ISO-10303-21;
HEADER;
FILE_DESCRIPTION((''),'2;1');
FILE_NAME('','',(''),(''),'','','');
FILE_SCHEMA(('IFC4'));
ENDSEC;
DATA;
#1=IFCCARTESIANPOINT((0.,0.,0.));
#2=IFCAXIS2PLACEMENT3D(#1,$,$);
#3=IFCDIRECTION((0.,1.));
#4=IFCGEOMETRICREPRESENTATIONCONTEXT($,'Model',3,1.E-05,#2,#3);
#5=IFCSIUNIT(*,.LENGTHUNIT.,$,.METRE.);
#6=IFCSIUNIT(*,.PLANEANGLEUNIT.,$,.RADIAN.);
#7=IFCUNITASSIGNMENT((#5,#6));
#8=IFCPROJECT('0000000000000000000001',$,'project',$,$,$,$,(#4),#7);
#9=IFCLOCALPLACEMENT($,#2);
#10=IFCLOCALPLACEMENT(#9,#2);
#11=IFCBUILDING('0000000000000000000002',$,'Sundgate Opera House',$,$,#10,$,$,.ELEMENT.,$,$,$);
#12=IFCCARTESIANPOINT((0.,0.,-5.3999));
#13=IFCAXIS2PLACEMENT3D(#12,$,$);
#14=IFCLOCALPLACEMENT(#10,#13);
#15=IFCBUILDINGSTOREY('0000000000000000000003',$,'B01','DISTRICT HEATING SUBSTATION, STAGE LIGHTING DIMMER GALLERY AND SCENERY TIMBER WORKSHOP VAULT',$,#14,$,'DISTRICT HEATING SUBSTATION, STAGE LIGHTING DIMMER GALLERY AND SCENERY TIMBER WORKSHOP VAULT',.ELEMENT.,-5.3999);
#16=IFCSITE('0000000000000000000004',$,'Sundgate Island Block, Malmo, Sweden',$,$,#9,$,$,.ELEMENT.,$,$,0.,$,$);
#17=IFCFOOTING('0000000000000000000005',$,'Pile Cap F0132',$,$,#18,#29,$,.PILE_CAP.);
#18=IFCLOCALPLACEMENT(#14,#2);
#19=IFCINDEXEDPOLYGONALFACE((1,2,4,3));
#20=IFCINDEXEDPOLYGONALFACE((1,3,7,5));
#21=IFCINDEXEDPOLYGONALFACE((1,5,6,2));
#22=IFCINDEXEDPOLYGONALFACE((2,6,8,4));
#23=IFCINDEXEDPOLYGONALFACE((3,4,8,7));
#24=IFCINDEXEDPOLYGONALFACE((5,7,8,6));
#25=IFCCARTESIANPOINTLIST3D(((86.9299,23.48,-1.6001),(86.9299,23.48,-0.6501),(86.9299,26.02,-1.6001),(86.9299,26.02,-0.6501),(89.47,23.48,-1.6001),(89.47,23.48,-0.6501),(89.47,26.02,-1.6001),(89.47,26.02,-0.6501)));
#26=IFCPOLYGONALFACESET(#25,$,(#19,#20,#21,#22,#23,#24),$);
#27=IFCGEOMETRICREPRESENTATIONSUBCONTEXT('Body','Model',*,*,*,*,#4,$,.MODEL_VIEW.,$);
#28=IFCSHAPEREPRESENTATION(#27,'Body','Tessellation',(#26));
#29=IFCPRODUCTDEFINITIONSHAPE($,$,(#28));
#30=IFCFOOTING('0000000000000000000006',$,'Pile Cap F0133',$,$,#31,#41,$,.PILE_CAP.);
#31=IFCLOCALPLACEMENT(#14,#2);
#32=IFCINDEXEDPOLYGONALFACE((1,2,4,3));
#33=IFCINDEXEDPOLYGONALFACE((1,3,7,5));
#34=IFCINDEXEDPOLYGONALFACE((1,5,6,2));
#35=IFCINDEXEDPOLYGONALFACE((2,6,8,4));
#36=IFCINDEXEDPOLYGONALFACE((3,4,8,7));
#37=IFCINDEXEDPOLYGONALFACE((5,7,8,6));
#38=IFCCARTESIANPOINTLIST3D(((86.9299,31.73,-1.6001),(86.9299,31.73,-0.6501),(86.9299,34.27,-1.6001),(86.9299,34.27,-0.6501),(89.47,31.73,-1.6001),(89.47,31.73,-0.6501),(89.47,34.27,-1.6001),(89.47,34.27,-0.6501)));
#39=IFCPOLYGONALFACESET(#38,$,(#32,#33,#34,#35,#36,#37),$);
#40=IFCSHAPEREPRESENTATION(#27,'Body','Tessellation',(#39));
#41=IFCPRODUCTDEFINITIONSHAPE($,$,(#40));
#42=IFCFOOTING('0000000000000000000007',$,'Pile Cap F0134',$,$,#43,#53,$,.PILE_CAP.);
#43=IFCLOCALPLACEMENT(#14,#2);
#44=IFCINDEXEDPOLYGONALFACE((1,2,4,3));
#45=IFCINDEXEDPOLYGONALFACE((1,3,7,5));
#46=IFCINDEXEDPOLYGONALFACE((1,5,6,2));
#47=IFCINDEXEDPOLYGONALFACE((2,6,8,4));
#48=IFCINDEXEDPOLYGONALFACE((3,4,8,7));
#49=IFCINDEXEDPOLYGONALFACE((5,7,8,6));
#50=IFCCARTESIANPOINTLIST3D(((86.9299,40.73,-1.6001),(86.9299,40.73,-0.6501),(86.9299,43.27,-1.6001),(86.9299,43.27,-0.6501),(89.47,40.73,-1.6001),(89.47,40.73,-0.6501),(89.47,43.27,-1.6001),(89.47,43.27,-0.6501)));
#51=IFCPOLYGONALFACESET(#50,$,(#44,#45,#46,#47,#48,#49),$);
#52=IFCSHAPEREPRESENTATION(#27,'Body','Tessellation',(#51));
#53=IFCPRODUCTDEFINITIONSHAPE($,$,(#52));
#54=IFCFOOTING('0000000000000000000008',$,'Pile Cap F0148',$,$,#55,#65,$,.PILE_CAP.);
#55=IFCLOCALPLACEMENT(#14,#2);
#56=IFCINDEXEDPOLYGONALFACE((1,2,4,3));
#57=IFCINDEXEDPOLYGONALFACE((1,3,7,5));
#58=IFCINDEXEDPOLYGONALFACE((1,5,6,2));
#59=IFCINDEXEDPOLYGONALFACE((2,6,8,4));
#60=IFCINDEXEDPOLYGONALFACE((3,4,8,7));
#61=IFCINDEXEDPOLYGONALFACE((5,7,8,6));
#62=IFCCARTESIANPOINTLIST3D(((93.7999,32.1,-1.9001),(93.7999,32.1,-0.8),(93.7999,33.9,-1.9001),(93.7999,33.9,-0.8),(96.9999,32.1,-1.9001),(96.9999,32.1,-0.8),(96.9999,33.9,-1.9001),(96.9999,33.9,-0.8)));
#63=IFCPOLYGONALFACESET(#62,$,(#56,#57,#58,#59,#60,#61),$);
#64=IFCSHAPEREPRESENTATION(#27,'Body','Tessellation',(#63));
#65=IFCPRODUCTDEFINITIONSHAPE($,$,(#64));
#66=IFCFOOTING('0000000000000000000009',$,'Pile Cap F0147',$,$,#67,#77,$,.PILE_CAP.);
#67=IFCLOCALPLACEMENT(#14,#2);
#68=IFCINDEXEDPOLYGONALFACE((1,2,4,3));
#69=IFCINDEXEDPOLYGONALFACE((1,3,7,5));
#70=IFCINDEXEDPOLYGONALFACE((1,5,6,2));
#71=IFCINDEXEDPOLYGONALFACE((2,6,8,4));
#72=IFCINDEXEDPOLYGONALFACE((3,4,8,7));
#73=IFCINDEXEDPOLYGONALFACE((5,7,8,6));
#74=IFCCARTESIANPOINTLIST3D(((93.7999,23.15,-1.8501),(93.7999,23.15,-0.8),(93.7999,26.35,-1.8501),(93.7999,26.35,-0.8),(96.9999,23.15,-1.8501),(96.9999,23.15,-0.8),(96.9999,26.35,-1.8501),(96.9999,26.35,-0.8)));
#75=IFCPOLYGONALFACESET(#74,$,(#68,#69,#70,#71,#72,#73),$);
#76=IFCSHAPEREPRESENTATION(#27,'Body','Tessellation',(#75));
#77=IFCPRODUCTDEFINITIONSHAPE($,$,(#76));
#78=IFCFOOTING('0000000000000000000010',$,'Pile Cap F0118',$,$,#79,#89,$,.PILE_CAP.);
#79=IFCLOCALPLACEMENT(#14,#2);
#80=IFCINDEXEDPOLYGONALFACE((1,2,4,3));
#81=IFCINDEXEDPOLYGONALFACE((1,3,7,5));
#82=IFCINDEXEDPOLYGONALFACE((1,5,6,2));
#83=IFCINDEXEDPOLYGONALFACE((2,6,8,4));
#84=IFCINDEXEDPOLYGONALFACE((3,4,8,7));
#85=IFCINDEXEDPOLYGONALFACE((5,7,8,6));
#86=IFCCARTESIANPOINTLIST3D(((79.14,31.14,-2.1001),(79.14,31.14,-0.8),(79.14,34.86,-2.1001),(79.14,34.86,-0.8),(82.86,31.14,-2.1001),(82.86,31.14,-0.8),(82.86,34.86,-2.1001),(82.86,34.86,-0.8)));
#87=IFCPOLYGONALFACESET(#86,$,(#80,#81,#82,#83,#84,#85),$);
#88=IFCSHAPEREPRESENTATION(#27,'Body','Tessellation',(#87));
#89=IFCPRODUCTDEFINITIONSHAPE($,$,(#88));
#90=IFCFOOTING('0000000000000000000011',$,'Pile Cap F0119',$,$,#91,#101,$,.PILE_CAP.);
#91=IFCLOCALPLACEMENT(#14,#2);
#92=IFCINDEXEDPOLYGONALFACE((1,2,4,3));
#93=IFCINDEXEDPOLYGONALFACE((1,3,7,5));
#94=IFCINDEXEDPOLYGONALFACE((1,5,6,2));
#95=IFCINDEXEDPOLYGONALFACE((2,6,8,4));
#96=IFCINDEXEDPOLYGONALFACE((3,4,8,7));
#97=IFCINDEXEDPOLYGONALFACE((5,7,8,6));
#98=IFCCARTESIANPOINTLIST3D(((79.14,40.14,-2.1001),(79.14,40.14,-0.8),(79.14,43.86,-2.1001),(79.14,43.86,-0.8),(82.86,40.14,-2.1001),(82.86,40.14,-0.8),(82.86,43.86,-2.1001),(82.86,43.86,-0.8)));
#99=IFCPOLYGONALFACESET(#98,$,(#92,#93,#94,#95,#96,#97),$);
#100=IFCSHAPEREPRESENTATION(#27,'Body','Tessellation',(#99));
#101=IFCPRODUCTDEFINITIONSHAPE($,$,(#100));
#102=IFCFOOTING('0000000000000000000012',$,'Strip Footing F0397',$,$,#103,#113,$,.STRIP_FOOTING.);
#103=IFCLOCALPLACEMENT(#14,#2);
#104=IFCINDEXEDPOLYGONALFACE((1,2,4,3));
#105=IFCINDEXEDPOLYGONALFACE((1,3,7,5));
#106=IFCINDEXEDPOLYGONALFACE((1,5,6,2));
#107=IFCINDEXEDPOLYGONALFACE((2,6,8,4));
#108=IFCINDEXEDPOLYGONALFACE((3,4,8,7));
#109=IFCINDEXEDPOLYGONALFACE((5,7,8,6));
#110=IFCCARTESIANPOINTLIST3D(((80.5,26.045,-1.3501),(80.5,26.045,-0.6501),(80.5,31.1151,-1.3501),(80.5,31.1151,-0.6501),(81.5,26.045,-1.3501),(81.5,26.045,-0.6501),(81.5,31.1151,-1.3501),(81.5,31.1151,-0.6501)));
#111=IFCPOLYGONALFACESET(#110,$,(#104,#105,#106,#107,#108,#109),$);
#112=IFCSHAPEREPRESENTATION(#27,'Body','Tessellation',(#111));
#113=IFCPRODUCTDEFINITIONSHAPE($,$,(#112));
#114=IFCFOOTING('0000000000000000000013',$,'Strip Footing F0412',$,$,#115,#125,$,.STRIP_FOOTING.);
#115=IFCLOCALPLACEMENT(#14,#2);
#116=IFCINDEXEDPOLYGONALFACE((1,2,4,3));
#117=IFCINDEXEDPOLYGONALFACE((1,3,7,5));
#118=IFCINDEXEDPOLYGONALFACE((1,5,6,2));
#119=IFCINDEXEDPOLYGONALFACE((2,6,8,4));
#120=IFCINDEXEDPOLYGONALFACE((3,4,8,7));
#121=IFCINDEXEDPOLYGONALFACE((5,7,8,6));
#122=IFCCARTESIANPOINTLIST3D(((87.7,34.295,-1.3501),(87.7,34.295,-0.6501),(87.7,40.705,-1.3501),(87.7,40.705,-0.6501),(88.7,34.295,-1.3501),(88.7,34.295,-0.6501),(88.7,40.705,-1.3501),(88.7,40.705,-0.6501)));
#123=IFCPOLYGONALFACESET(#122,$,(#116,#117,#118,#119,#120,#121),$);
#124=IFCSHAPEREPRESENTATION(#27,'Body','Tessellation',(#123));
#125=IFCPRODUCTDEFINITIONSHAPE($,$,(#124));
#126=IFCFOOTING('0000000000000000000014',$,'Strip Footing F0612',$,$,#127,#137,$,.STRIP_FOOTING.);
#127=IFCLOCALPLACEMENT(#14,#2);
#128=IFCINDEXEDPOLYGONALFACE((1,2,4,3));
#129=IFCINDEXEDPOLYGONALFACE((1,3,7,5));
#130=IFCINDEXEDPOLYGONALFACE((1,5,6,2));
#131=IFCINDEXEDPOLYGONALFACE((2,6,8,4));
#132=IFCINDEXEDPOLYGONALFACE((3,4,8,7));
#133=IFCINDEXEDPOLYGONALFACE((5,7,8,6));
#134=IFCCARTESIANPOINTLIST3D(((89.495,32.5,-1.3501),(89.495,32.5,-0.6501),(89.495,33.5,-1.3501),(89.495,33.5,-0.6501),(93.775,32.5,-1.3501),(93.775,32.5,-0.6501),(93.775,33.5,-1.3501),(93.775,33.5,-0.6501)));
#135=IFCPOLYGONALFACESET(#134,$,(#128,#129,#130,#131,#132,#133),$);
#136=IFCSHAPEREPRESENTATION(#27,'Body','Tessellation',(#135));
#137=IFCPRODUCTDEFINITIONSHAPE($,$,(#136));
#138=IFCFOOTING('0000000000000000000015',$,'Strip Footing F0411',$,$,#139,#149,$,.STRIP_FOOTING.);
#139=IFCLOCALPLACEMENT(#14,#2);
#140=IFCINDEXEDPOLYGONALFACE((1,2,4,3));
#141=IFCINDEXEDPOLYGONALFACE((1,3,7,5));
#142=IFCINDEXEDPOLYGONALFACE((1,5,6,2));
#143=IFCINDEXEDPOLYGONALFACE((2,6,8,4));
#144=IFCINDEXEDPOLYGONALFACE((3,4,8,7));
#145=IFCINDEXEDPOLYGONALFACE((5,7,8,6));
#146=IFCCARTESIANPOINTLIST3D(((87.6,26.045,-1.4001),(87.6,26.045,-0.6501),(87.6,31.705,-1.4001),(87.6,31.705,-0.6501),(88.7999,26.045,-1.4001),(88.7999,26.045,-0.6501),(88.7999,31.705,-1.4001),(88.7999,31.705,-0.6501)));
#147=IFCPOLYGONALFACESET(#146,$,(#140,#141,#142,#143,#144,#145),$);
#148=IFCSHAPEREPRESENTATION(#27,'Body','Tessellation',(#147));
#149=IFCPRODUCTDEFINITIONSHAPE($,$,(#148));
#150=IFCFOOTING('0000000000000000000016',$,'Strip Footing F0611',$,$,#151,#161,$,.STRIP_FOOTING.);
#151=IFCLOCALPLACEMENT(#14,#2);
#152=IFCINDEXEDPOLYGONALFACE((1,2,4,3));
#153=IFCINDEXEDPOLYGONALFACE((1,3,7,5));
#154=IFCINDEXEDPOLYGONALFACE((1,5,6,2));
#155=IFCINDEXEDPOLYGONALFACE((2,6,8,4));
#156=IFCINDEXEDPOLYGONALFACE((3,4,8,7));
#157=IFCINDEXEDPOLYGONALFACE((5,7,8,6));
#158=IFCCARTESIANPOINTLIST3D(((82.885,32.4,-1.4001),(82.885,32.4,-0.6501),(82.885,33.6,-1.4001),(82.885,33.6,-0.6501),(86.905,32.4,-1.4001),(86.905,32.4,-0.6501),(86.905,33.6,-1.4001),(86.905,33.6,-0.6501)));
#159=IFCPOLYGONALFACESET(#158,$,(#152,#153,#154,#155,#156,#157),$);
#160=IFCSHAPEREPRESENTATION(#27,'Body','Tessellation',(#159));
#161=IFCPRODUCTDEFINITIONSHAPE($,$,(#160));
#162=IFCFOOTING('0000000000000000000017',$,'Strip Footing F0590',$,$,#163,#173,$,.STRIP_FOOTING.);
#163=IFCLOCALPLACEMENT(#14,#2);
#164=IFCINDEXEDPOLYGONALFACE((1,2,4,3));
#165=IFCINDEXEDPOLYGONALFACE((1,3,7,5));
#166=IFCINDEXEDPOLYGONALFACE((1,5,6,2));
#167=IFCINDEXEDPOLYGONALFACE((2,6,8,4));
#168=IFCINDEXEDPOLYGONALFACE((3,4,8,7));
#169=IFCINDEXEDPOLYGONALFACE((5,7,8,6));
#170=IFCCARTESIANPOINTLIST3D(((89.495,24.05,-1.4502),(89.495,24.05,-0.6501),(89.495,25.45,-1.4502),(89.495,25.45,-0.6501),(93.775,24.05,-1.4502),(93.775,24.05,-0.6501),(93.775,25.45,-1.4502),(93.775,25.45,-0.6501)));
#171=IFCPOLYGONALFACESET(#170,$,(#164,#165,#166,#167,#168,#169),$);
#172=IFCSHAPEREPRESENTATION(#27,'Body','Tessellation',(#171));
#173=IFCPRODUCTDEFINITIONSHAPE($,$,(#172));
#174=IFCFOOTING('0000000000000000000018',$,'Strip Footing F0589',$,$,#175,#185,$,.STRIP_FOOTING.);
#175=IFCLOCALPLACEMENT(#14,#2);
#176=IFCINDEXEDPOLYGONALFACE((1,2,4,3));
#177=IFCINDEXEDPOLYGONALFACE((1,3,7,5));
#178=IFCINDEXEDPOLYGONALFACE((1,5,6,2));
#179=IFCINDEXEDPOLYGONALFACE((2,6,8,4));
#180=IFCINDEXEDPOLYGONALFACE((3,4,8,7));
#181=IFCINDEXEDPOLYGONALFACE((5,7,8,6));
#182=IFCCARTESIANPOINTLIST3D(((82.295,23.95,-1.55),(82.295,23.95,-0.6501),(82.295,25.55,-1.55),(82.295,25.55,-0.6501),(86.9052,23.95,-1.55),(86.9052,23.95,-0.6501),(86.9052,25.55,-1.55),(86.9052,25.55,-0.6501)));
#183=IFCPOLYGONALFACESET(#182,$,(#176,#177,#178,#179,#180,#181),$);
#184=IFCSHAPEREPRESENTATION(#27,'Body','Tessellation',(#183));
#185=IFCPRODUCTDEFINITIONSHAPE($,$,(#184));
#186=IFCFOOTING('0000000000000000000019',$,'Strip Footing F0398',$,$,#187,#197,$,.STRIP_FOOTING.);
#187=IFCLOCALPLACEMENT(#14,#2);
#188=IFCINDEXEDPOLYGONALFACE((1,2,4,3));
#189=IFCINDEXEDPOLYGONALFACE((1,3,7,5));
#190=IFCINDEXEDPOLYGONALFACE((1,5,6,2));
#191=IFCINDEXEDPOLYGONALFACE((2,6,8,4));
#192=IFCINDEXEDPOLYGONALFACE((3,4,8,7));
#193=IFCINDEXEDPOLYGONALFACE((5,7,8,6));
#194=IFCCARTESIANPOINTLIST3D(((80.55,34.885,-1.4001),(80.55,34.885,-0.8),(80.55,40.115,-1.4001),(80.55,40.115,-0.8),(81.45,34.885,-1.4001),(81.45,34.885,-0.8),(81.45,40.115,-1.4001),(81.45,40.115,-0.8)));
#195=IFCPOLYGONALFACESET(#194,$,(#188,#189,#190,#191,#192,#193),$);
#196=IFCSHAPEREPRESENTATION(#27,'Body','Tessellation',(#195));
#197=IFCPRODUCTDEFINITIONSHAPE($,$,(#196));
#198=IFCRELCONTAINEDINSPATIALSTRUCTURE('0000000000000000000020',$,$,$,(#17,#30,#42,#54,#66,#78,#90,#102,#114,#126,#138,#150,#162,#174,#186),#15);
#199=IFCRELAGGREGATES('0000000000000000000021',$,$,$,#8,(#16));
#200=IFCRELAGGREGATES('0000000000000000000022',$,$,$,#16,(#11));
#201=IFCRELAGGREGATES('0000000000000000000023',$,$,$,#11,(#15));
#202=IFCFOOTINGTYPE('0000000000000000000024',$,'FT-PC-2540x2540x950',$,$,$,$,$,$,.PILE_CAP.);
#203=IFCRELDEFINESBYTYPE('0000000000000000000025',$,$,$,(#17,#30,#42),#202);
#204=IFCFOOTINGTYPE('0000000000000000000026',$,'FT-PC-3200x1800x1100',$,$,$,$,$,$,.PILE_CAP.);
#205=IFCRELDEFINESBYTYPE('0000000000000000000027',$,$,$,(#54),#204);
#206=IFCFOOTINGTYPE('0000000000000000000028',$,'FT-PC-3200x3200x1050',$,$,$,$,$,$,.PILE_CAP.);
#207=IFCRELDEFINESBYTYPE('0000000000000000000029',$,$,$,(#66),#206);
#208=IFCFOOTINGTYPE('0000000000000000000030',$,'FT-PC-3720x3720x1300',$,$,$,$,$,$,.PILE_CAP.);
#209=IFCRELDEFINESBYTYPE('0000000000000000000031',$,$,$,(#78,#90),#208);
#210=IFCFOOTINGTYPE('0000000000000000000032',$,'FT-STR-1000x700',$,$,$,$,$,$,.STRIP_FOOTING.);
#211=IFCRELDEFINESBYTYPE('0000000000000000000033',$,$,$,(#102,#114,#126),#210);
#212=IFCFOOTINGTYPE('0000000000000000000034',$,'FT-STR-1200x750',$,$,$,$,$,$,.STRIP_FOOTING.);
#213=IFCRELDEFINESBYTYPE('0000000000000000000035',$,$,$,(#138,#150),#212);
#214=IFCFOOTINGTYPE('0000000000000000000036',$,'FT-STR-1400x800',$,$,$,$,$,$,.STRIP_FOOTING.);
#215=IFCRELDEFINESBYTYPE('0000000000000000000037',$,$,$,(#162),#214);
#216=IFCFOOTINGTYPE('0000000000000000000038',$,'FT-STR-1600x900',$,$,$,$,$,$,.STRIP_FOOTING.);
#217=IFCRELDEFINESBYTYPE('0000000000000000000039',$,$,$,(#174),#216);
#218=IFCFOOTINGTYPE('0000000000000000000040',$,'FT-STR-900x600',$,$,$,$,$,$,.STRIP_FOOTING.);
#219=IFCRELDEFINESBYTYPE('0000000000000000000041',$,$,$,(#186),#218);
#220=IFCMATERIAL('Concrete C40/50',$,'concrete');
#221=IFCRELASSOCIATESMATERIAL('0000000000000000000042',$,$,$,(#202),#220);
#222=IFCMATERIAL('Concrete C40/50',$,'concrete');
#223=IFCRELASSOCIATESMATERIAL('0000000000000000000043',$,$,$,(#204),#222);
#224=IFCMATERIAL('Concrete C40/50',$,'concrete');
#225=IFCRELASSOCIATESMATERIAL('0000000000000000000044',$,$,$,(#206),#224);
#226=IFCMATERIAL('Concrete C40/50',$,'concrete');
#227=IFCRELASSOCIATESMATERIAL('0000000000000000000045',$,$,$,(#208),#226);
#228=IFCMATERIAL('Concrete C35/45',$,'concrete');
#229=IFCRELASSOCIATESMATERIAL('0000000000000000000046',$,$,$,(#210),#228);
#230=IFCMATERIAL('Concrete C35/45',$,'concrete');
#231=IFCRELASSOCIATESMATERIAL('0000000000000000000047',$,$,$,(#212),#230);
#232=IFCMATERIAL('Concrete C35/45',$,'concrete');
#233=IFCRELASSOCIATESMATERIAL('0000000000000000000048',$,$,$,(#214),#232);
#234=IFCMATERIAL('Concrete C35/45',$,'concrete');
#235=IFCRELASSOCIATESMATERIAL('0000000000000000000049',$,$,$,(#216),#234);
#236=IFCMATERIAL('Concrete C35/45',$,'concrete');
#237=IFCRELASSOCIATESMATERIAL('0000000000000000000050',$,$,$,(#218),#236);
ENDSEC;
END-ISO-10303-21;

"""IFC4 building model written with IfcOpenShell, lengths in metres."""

from ifc_helpers import new_model, si_unit, direction, frame, origin, origin_2d, place, context, subcontext, project, spatial, rectangle, extrude, material, type_object, element, save


model = new_model("IFC4")

# Units and contexts
model_context = context("Model", 3, precision=1e-05, world=origin(), true_north=direction((0.0, 1.0)))
body_context = subcontext(model_context, "Body", "Model", "MODEL_VIEW")
ifc_project = project(units=[si_unit("LENGTHUNIT", "METRE"), si_unit("PLANEANGLEUNIT", "RADIAN")], contexts=[model_context])

# Site, building, storey
site_placement = place(None, origin())
site = spatial("IfcSite", under=ifc_project, at=site_placement, Name="Sundgate Island Block, Malmo, Sweden", CompositionType="ELEMENT", RefElevation=0.0)
building_placement = place(site_placement, origin())
building = spatial("IfcBuilding", under=site, at=building_placement, Name="Sundgate Opera House", CompositionType="ELEMENT")
storey_placement = place(building_placement, frame((0.0, 0.0, -5.3999)))
storey = spatial("IfcBuildingStorey", under=building, at=storey_placement, Name="B01", Description="DISTRICT HEATING SUBSTATION, STAGE LIGHTING DIMMER GALLERY AND SCENERY TIMBER WORKSHOP VAULT", LongName="DISTRICT HEATING SUBSTATION, STAGE LIGHTING DIMMER GALLERY AND SCENERY TIMBER WORKSHOP VAULT", CompositionType="ELEMENT", Elevation=-5.3999)

# Footings
ifc_material_1 = material(Name="Concrete C40/50", Category="concrete")
footing_type_1 = type_object("IfcFootingType", Name="FT-PC-2540x2540x950", PredefinedType="PILE_CAP", material=ifc_material_1)
for number, where, z_axis, x_axis, name in (
    (1, (88.2, 24.75, -1.6001), (0.0, 0.0, 1.0), (1.0, 0.0, 0.0), "Pile Cap F0132"),
    (2, (88.2, 33.0, -1.6001), (0.0, 0.0, 1.0), (1.0, 0.0, 0.0), "Pile Cap F0133"),
    (3, (88.2, 42.0, -1.6001), (0.0, 0.0, 1.0), (1.0, 0.0, 0.0), "Pile Cap F0134"),
):
    element("IfcFooting", number, at=place(storey_placement, frame(where, z_axis=z_axis, x_axis=x_axis)), inside=storey, type_object=footing_type_1, Name=name, PredefinedType="PILE_CAP", context=body_context, shape_type="SweptSolid", body=[
        extrude(rectangle(XDim=2.54, YDim=2.54, at=origin_2d()), origin(), (0.0, 0.0, 1.0), 0.95),
    ])
ifc_material_2 = material(Name="Concrete C40/50", Category="concrete")
footing_type_2 = type_object("IfcFootingType", Name="FT-PC-3200x1800x1100", PredefinedType="PILE_CAP", material=ifc_material_2)
footing_1_placement = place(storey_placement, frame((95.3999, 33.0, -1.9001), z_axis=(0.0, 0.0, 1.0), x_axis=(1.0, 0.0, 0.0)))
element("IfcFooting", 4, at=footing_1_placement, inside=storey, type_object=footing_type_2, Name="Pile Cap F0148", PredefinedType="PILE_CAP", context=body_context, shape_type="SweptSolid", body=[
    extrude(rectangle(XDim=3.2, YDim=1.8, at=origin_2d()), origin(), (0.0, 0.0, 1.0), 1.1001),
])
ifc_material_3 = material(Name="Concrete C40/50", Category="concrete")
footing_type_3 = type_object("IfcFootingType", Name="FT-PC-3200x3200x1050", PredefinedType="PILE_CAP", material=ifc_material_3)
footing_2_placement = place(storey_placement, frame((95.3999, 24.75, -1.8501), z_axis=(0.0, 0.0, 1.0), x_axis=(1.0, 0.0, 0.0)))
element("IfcFooting", 5, at=footing_2_placement, inside=storey, type_object=footing_type_3, Name="Pile Cap F0147", PredefinedType="PILE_CAP", context=body_context, shape_type="SweptSolid", body=[
    extrude(rectangle(XDim=3.2, YDim=3.2, at=origin_2d()), origin(), (0.0, 0.0, 1.0), 1.05),
])
ifc_material_4 = material(Name="Concrete C40/50", Category="concrete")
footing_type_4 = type_object("IfcFootingType", Name="FT-PC-3720x3720x1300", PredefinedType="PILE_CAP", material=ifc_material_4)
for number, where, z_axis, x_axis, name in (
    (6, (81.0, 33.0, -2.1001), (0.0, 0.0, 1.0), (1.0, 0.0, 0.0), "Pile Cap F0118"),
    (7, (81.0, 42.0, -2.1001), (0.0, 0.0, 1.0), (1.0, 0.0, 0.0), "Pile Cap F0119"),
):
    element("IfcFooting", number, at=place(storey_placement, frame(where, z_axis=z_axis, x_axis=x_axis)), inside=storey, type_object=footing_type_4, Name=name, PredefinedType="PILE_CAP", context=body_context, shape_type="SweptSolid", body=[
        extrude(rectangle(XDim=3.72, YDim=3.72, at=origin_2d()), origin(), (0.0, 0.0, 1.0), 1.3),
    ])
ifc_material_5 = material(Name="Concrete C35/45", Category="concrete")
footing_type_5 = type_object("IfcFootingType", Name="FT-STR-1000x700", PredefinedType="STRIP_FOOTING", material=ifc_material_5)
footing_3_placement = place(storey_placement, frame((81.0, 28.5801, -1.3501), z_axis=(0.0, 0.0, 1.0), x_axis=(1.0, 0.0, 0.0)))
element("IfcFooting", 8, at=footing_3_placement, inside=storey, type_object=footing_type_5, Name="Strip Footing F0397", PredefinedType="STRIP_FOOTING", context=body_context, shape_type="SweptSolid", body=[
    extrude(rectangle(XDim=1.0, YDim=5.0701, at=origin_2d()), origin(), (0.0, 0.0, 1.0), 0.7),
])
footing_4_placement = place(storey_placement, frame((88.2, 37.5, -1.3501), z_axis=(0.0, 0.0, 1.0), x_axis=(1.0, 0.0, 0.0)))
element("IfcFooting", 9, at=footing_4_placement, inside=storey, type_object=footing_type_5, Name="Strip Footing F0412", PredefinedType="STRIP_FOOTING", context=body_context, shape_type="SweptSolid", body=[
    extrude(rectangle(XDim=1.0, YDim=6.4099, at=origin_2d()), origin(), (0.0, 0.0, 1.0), 0.7),
])
footing_5_placement = place(storey_placement, frame((91.635, 33.0, -1.3501), z_axis=(0.0, 0.0, 1.0), x_axis=(1.0, 0.0, 0.0)))
element("IfcFooting", 10, at=footing_5_placement, inside=storey, type_object=footing_type_5, Name="Strip Footing F0612", PredefinedType="STRIP_FOOTING", context=body_context, shape_type="SweptSolid", body=[
    extrude(rectangle(XDim=4.28, YDim=1.0, at=origin_2d()), origin(), (0.0, 0.0, 1.0), 0.7),
])
ifc_material_6 = material(Name="Concrete C35/45", Category="concrete")
footing_type_6 = type_object("IfcFootingType", Name="FT-STR-1200x750", PredefinedType="STRIP_FOOTING", material=ifc_material_6)
footing_6_placement = place(storey_placement, frame((88.2, 28.875, -1.4001), z_axis=(0.0, 0.0, 1.0), x_axis=(1.0, 0.0, 0.0)))
element("IfcFooting", 11, at=footing_6_placement, inside=storey, type_object=footing_type_6, Name="Strip Footing F0411", PredefinedType="STRIP_FOOTING", context=body_context, shape_type="SweptSolid", body=[
    extrude(rectangle(XDim=1.2, YDim=5.6599, at=origin_2d()), origin(), (0.0, 0.0, 1.0), 0.75),
])
footing_7_placement = place(storey_placement, frame((84.895, 33.0, -1.4001), z_axis=(0.0, 0.0, 1.0), x_axis=(1.0, 0.0, 0.0)))
element("IfcFooting", 12, at=footing_7_placement, inside=storey, type_object=footing_type_6, Name="Strip Footing F0611", PredefinedType="STRIP_FOOTING", context=body_context, shape_type="SweptSolid", body=[
    extrude(rectangle(XDim=4.02, YDim=1.2, at=origin_2d()), origin(), (0.0, 0.0, 1.0), 0.75),
])
ifc_material_7 = material(Name="Concrete C35/45", Category="concrete")
footing_type_7 = type_object("IfcFootingType", Name="FT-STR-1400x800", PredefinedType="STRIP_FOOTING", material=ifc_material_7)
footing_8_placement = place(storey_placement, frame((91.635, 24.75, -1.4502), z_axis=(0.0, 0.0, 1.0), x_axis=(1.0, 0.0, 0.0)))
element("IfcFooting", 13, at=footing_8_placement, inside=storey, type_object=footing_type_7, Name="Strip Footing F0590", PredefinedType="STRIP_FOOTING", context=body_context, shape_type="SweptSolid", body=[
    extrude(rectangle(XDim=4.28, YDim=1.3999, at=origin_2d()), origin(), (0.0, 0.0, 1.0), 0.8),
])
ifc_material_8 = material(Name="Concrete C35/45", Category="concrete")
footing_type_8 = type_object("IfcFootingType", Name="FT-STR-1600x900", PredefinedType="STRIP_FOOTING", material=ifc_material_8)
footing_9_placement = place(storey_placement, frame((84.6001, 24.75, -1.55), z_axis=(0.0, 0.0, 1.0), x_axis=(1.0, 0.0, 0.0)))
element("IfcFooting", 14, at=footing_9_placement, inside=storey, type_object=footing_type_8, Name="Strip Footing F0589", PredefinedType="STRIP_FOOTING", context=body_context, shape_type="SweptSolid", body=[
    extrude(rectangle(XDim=4.6101, YDim=1.6001, at=origin_2d()), origin(), (0.0, 0.0, 1.0), 0.8999),
])
ifc_material_9 = material(Name="Concrete C35/45", Category="concrete")
footing_type_9 = type_object("IfcFootingType", Name="FT-STR-900x600", PredefinedType="STRIP_FOOTING", material=ifc_material_9)
footing_10_placement = place(storey_placement, frame((81.0, 37.5, -1.4001), z_axis=(0.0, 0.0, 1.0), x_axis=(1.0, 0.0, 0.0)))
element("IfcFooting", 15, at=footing_10_placement, inside=storey, type_object=footing_type_9, Name="Strip Footing F0398", PredefinedType="STRIP_FOOTING", context=body_context, shape_type="SweptSolid", body=[
    extrude(rectangle(XDim=0.8999, YDim=5.23, at=origin_2d()), origin(), (0.0, 0.0, 1.0), 0.6001),
])

save(model, "model.ifc")
